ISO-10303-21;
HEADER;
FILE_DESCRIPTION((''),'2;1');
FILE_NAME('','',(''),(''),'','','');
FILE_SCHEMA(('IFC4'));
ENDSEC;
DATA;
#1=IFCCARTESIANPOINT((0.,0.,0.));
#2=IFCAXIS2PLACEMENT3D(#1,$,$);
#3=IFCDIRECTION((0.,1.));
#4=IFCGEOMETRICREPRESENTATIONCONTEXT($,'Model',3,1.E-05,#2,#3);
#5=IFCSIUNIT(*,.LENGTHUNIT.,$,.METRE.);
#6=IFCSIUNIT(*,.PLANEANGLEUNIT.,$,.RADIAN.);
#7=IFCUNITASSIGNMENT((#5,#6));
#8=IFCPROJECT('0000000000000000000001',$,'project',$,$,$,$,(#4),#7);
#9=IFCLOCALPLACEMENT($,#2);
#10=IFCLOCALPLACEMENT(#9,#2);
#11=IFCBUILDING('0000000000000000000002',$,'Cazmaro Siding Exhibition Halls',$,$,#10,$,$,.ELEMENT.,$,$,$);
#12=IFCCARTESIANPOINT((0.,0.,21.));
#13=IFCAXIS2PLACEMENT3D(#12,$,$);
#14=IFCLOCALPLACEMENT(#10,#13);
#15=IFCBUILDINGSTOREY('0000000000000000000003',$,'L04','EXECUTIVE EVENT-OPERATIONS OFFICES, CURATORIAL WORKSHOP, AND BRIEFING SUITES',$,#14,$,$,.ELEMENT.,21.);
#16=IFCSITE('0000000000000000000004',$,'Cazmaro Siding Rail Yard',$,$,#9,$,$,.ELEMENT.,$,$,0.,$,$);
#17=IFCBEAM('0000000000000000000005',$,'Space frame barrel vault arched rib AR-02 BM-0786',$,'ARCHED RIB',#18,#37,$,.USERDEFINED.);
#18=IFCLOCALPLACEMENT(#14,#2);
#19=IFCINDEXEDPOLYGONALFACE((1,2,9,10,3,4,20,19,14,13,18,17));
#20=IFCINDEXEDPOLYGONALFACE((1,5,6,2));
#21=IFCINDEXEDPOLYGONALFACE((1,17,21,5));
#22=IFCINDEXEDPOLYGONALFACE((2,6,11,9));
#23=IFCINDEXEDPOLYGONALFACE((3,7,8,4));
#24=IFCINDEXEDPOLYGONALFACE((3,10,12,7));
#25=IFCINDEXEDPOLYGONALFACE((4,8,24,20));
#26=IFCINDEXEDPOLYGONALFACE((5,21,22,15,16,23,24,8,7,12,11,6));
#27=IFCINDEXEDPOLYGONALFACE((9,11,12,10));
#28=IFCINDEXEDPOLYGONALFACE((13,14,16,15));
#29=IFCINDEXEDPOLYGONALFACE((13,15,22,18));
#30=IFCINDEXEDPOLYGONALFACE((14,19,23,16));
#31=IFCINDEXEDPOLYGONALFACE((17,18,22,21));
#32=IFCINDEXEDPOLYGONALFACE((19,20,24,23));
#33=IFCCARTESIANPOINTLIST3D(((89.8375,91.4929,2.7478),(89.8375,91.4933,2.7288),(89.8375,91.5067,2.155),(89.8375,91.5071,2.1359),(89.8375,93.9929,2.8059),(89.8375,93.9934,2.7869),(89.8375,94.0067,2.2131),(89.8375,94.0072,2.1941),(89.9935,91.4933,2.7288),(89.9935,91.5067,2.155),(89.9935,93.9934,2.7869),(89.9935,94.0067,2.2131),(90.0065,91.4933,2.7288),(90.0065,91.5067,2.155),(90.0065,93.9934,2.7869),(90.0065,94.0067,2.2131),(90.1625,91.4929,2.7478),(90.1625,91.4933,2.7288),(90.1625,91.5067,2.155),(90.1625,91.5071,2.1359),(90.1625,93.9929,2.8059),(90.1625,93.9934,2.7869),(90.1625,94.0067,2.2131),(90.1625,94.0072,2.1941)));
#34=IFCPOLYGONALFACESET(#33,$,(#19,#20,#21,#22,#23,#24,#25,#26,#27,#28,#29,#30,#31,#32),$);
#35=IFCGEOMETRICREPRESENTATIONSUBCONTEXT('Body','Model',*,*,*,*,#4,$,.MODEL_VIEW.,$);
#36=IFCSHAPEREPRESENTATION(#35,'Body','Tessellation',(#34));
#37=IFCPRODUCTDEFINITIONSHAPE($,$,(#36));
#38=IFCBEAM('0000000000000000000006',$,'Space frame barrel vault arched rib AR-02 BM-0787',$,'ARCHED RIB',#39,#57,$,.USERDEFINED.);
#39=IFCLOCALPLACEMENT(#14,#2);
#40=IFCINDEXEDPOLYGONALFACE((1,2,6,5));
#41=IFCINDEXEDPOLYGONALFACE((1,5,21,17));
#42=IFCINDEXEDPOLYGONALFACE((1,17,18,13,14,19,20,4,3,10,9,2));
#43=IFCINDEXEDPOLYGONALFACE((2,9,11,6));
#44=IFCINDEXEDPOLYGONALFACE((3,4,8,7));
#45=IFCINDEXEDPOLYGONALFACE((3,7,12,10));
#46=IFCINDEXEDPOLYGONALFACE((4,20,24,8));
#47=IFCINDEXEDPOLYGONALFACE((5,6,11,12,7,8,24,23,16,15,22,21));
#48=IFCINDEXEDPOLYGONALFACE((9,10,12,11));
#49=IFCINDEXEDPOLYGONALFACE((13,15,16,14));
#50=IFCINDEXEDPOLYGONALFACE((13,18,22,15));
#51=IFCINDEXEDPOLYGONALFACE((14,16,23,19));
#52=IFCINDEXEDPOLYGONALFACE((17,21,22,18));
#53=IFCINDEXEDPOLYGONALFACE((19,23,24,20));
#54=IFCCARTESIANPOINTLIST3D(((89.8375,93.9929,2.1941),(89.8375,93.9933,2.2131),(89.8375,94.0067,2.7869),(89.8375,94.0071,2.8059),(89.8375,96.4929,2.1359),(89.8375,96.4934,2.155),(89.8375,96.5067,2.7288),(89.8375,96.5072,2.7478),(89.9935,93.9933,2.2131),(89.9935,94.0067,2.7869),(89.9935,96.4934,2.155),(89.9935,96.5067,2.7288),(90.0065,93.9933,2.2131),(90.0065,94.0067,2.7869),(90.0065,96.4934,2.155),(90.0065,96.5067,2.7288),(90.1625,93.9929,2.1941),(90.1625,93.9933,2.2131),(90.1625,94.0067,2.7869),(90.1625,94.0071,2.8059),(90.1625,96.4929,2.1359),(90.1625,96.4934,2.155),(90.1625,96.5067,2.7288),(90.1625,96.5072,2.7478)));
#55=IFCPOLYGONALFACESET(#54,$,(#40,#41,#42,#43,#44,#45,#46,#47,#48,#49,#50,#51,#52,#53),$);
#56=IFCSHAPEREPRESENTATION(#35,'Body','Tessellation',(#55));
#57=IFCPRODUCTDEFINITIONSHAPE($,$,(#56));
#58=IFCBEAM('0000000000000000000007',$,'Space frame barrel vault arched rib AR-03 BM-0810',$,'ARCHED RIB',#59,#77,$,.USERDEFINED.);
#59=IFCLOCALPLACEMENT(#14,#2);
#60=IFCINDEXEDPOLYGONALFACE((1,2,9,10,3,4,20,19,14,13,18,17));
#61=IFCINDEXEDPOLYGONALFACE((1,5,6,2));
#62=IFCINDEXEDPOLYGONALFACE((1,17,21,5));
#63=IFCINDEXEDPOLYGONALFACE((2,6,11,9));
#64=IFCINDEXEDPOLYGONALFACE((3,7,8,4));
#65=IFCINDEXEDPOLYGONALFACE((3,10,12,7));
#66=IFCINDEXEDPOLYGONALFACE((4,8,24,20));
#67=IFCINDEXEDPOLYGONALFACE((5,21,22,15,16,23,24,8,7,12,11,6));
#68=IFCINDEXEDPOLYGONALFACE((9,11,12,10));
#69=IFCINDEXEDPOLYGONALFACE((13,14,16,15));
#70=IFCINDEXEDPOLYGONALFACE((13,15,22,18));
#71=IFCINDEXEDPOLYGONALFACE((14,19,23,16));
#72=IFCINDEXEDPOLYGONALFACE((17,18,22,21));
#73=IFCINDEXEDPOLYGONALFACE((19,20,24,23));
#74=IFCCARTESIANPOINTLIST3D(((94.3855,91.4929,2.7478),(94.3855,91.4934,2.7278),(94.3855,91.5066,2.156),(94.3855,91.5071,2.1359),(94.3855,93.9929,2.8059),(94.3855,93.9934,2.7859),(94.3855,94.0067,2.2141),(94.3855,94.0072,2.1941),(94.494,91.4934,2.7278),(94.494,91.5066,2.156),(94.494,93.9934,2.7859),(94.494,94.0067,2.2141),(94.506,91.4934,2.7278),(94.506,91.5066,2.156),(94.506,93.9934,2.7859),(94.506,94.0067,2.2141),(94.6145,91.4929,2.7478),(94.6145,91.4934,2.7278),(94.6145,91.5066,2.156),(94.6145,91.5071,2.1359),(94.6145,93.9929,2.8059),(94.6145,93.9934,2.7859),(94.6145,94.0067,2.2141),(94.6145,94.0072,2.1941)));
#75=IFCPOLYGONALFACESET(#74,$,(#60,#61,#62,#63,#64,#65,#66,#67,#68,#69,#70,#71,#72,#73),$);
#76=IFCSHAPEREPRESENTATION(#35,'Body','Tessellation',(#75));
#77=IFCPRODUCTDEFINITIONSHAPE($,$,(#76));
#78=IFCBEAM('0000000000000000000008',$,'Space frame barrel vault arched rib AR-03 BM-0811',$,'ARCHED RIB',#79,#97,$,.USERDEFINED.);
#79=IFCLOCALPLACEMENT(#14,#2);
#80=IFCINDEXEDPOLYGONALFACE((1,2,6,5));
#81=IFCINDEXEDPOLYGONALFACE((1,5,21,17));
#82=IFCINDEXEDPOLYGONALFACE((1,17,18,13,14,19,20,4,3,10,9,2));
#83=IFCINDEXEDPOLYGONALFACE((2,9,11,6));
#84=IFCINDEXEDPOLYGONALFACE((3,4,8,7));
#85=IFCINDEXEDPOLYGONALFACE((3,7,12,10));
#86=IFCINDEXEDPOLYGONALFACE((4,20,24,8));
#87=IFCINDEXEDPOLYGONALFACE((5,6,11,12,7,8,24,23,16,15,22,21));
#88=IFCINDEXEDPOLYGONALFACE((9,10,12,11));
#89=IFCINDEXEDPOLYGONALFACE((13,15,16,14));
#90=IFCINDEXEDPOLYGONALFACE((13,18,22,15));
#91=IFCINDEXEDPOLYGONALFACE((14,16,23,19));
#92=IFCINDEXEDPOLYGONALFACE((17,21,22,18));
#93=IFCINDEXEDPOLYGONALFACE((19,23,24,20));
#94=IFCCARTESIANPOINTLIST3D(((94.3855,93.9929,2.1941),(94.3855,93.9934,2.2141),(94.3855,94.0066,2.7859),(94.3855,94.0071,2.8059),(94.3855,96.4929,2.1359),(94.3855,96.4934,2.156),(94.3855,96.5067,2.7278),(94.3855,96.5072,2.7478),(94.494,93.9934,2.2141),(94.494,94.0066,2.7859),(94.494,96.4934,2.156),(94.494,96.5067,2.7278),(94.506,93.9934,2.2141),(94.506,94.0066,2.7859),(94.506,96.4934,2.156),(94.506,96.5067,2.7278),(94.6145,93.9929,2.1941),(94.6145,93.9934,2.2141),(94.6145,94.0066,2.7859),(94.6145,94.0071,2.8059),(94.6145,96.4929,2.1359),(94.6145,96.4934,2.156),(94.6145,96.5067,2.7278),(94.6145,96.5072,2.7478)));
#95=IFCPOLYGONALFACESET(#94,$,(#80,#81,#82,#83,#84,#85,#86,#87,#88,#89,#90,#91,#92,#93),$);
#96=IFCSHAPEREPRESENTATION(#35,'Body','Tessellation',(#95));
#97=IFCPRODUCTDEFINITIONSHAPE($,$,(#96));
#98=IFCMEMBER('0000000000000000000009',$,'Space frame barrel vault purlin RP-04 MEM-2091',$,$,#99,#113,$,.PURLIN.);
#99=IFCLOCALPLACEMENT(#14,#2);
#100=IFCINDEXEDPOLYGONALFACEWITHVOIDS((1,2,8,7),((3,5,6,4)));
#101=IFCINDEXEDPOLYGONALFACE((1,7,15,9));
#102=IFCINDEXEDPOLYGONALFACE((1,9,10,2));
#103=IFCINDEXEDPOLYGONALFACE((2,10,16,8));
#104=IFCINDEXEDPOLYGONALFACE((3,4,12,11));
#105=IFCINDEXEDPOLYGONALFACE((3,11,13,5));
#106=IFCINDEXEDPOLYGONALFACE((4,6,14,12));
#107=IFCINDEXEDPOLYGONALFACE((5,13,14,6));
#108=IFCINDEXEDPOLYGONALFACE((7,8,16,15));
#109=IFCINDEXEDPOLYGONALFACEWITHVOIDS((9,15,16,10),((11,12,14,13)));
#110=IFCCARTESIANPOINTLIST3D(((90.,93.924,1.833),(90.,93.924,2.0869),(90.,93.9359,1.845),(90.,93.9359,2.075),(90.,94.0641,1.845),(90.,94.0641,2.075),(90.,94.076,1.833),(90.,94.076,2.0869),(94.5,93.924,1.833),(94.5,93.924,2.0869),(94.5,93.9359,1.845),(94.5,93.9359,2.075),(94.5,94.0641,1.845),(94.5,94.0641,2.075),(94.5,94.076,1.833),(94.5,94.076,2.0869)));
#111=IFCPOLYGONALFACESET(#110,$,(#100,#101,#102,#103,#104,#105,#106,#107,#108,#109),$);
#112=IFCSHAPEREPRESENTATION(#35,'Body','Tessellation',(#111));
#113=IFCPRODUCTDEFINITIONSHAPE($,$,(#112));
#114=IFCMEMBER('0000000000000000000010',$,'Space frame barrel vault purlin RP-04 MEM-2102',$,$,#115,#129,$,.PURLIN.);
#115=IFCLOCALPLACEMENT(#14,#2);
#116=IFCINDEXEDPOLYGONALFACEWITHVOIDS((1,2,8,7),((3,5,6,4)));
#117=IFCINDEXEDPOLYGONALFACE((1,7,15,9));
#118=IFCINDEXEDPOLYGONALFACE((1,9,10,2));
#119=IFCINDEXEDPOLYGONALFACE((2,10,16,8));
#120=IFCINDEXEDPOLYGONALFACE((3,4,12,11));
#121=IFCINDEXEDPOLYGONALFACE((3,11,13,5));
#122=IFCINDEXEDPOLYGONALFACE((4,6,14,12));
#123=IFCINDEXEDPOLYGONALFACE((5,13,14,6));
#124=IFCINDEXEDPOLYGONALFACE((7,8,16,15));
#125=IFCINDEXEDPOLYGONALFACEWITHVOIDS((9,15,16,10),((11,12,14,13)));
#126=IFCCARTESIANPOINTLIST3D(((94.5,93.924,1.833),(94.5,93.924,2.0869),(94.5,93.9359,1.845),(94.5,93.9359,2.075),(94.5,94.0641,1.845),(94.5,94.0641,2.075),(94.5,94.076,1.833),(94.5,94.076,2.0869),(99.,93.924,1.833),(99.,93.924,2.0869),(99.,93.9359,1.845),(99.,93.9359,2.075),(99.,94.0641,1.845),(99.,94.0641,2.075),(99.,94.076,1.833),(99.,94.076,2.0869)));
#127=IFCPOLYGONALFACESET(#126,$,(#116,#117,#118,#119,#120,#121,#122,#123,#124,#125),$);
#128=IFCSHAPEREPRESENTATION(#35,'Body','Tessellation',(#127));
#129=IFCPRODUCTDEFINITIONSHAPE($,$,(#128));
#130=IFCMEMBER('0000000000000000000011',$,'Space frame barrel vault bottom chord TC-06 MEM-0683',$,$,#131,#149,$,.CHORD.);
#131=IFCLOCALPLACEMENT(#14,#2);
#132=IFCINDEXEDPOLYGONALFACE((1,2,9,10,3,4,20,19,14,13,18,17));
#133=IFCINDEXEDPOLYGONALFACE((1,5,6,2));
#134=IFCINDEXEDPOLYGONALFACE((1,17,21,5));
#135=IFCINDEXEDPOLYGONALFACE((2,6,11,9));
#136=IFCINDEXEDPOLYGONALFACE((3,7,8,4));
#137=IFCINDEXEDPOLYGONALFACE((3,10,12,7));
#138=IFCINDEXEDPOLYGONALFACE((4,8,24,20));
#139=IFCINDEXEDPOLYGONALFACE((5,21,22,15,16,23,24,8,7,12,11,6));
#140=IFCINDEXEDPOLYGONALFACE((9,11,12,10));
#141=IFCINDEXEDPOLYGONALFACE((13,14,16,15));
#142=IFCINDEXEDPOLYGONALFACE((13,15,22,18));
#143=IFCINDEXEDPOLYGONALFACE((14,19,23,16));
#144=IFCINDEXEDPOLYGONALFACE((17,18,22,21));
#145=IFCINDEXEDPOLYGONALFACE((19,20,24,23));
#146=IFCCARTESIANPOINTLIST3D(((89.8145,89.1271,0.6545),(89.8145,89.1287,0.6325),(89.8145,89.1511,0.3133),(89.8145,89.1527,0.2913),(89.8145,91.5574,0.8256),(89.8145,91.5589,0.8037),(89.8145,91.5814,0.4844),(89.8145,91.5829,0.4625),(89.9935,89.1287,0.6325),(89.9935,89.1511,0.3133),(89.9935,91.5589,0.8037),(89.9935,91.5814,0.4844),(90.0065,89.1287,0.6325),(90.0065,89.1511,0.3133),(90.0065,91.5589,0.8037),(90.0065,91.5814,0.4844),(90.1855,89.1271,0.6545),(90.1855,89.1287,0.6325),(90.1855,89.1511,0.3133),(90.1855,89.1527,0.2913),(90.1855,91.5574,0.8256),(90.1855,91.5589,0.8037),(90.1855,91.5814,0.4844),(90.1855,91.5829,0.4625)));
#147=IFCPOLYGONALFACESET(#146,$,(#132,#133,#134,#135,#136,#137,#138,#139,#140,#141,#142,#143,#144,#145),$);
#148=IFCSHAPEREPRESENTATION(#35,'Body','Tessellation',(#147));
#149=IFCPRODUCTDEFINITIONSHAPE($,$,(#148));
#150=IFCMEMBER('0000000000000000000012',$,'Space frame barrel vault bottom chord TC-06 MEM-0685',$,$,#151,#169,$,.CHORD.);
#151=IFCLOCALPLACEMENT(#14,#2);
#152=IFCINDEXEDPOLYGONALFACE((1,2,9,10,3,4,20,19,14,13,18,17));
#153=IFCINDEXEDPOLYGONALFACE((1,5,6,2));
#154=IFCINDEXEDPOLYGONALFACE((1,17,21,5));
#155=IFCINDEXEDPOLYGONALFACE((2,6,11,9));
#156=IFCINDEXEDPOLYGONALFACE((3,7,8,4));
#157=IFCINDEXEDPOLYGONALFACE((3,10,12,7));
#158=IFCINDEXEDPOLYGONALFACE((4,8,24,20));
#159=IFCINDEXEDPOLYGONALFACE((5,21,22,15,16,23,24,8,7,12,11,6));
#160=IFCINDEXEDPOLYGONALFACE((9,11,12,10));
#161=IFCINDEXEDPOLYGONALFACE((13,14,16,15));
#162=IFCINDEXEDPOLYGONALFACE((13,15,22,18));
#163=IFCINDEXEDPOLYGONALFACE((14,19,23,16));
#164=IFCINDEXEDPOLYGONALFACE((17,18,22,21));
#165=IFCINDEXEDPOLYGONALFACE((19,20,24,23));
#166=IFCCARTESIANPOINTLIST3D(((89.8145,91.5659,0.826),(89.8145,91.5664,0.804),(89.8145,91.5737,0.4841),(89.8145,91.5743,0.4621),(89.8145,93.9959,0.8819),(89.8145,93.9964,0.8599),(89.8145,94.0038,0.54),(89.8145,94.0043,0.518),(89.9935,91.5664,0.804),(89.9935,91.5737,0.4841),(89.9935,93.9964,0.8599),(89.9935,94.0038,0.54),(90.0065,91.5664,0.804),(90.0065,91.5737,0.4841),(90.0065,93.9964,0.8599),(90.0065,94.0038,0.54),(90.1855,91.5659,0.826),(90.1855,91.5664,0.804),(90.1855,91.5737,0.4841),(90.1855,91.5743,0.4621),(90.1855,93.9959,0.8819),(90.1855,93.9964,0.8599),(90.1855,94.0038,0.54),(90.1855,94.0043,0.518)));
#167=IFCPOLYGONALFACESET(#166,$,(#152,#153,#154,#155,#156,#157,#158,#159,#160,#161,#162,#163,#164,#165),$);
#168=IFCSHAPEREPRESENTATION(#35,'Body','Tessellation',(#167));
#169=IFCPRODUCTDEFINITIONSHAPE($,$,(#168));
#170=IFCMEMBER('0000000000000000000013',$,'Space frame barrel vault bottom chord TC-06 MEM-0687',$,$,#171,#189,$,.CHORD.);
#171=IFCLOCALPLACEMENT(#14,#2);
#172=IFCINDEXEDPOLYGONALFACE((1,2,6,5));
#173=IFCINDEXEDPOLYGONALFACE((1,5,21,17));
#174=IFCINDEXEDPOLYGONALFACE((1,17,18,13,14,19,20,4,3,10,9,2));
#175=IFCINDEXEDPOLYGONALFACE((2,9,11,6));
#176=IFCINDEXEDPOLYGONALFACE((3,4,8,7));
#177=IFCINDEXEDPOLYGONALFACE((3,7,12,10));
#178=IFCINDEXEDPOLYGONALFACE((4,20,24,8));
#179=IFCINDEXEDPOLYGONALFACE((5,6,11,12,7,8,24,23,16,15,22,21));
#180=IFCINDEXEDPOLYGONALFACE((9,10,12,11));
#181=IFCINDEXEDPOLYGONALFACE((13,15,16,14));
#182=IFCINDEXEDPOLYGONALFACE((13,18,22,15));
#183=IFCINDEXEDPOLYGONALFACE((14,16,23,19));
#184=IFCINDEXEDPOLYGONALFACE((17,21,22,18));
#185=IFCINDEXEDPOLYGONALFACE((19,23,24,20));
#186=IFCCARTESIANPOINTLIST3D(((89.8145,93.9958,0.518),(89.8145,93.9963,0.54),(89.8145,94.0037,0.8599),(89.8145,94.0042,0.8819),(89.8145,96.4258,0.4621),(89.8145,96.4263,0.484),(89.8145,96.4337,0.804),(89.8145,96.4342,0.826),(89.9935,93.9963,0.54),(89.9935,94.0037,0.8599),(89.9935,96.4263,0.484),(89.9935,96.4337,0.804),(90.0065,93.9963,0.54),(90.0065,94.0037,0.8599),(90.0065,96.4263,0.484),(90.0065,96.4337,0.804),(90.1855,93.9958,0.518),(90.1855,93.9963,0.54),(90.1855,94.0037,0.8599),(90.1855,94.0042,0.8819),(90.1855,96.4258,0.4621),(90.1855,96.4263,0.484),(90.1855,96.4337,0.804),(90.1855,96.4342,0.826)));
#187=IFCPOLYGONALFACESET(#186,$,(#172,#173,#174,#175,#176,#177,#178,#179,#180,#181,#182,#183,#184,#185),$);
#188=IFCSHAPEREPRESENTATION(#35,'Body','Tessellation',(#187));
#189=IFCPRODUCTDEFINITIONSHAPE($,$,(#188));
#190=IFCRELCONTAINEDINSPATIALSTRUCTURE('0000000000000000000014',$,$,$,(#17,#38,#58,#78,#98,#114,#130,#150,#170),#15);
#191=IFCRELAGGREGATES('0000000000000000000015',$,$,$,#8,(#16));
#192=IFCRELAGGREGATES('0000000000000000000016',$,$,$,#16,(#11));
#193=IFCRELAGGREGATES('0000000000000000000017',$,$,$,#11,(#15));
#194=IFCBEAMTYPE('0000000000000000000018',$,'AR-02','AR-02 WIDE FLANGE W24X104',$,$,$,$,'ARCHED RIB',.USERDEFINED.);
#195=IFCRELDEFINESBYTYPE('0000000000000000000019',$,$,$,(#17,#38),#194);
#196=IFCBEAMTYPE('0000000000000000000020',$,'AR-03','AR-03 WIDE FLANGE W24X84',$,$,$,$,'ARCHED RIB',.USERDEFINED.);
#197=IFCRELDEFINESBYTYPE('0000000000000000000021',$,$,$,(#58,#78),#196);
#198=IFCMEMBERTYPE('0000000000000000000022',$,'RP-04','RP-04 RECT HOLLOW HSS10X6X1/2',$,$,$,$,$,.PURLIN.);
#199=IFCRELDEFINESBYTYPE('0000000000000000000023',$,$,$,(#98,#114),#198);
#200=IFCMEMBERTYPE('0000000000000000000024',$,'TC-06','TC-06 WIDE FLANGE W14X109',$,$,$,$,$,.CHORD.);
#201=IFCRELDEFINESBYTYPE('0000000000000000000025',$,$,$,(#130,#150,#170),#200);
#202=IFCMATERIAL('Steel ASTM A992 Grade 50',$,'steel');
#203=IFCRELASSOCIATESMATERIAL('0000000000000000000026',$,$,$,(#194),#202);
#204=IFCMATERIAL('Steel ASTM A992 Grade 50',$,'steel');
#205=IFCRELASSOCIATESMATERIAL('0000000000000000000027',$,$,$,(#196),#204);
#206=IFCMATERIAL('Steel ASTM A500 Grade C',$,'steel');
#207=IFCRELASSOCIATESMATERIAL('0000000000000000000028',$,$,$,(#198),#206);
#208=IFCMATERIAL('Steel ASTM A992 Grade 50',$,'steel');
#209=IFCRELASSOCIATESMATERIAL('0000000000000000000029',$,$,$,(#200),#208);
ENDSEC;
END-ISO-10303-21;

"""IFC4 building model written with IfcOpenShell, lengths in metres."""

from ifc_helpers import new_model, si_unit, direction, frame, origin, origin_2d, place, context, subcontext, project, spatial, hollow_rectangle, i_section, extrude, material, material_profile, profile_set, type_object, element, save


model = new_model("IFC4")

# Units and contexts
model_context = context("Model", 3, precision=1e-05, world=origin(), true_north=direction((0.0, 1.0)))
body_context = subcontext(model_context, "Body", "Model", "MODEL_VIEW")
ifc_project = project(units=[si_unit("LENGTHUNIT", "METRE"), si_unit("PLANEANGLEUNIT", "RADIAN")], contexts=[model_context])

# Site, building, storey
site_placement = place(None, origin())
site = spatial("IfcSite", under=ifc_project, at=site_placement, Name="Cazmaro Siding Rail Yard", CompositionType="ELEMENT", RefElevation=0.0)
building_placement = place(site_placement, origin())
building = spatial("IfcBuilding", under=site, at=building_placement, Name="Cazmaro Siding Exhibition Halls", CompositionType="ELEMENT")
storey_placement = place(building_placement, frame((0.0, 0.0, 21.0)))
storey = spatial("IfcBuildingStorey", under=building, at=storey_placement, Name="L04", Description="EXECUTIVE EVENT-OPERATIONS OFFICES, CURATORIAL WORKSHOP, AND BRIEFING SUITES", CompositionType="ELEMENT", Elevation=21.0)

# Beams
ifc_material_1 = material(Name="Steel ASTM A992 Grade 50", Category="steel")
ifc_material_profile_1 = material_profile(ifc_material_1, i_section(OverallWidth=0.325, OverallDepth=0.6121, WebThickness=0.0129, FlangeThickness=0.019, at=origin_2d()), Name="W24X104")
ifc_profile_set_1 = profile_set([ifc_material_profile_1], Name="Steel ASTM A992 Grade 50")
beam_type_1 = type_object("IfcBeamType", Name="AR-02", Description="AR-02 WIDE FLANGE W24X104", ElementType="ARCHED RIB", PredefinedType="USERDEFINED", material=ifc_profile_set_1)
for number, where, z_axis, x_axis, name in (
    (1, (90.0, 91.5, 2.4419), (0.0, 0.99973, 0.023236), (-1.0, 0.0, 0.0), "Space frame barrel vault arched rib AR-02 BM-0786"),
    (2, (90.0, 94.0, 2.5), (0.0, 0.99973, -0.023236), (-1.0, 0.0, 0.0), "Space frame barrel vault arched rib AR-02 BM-0787"),
):
    element("IfcBeam", number, at=place(storey_placement, frame(where, z_axis=z_axis, x_axis=x_axis)), inside=storey, type_object=beam_type_1, Name=name, ObjectType="ARCHED RIB", PredefinedType="USERDEFINED", context=body_context, shape_type="SweptSolid", body=[
        extrude(i_section(OverallWidth=0.325, OverallDepth=0.6121, WebThickness=0.0129, FlangeThickness=0.019, at=origin_2d()), origin(), (0.0, 0.0, 1.0), 2.5007),
    ])
ifc_material_2 = material(Name="Steel ASTM A992 Grade 50", Category="steel")
ifc_material_profile_2 = material_profile(ifc_material_2, i_section(OverallWidth=0.229, OverallDepth=0.6121, WebThickness=0.012, FlangeThickness=0.02, at=origin_2d()), Name="W24X84")
ifc_profile_set_2 = profile_set([ifc_material_profile_2], Name="Steel ASTM A992 Grade 50")
beam_type_2 = type_object("IfcBeamType", Name="AR-03", Description="AR-03 WIDE FLANGE W24X84", ElementType="ARCHED RIB", PredefinedType="USERDEFINED", material=ifc_profile_set_2)
for number, where, z_axis, x_axis, name in (
    (3, (94.5, 91.5, 2.4419), (0.0, 0.99973, 0.023236), (-1.0, 0.0, 0.0), "Space frame barrel vault arched rib AR-03 BM-0810"),
    (4, (94.5, 94.0, 2.5), (0.0, 0.99973, -0.023236), (-1.0, 0.0, 0.0), "Space frame barrel vault arched rib AR-03 BM-0811"),
):
    element("IfcBeam", number, at=place(storey_placement, frame(where, z_axis=z_axis, x_axis=x_axis)), inside=storey, type_object=beam_type_2, Name=name, ObjectType="ARCHED RIB", PredefinedType="USERDEFINED", context=body_context, shape_type="SweptSolid", body=[
        extrude(i_section(OverallWidth=0.229, OverallDepth=0.6121, WebThickness=0.012, FlangeThickness=0.02, at=origin_2d()), origin(), (0.0, 0.0, 1.0), 2.5007),
    ])

# Members
ifc_material_3 = material(Name="Steel ASTM A500 Grade C", Category="steel")
ifc_material_profile_3 = material_profile(ifc_material_3, hollow_rectangle(XDim=0.1521, YDim=0.2539, WallThickness=0.012, at=origin_2d()), Name="HSS10X6X1/2")
ifc_profile_set_3 = profile_set([ifc_material_profile_3], Name="Steel ASTM A500 Grade C")
member_type_1 = type_object("IfcMemberType", Name="RP-04", Description="RP-04 RECT HOLLOW HSS10X6X1/2", PredefinedType="PURLIN", material=ifc_profile_set_3)
for number, where, z_axis, x_axis, name in (
    (5, (90.0, 94.0, 1.96), (1.0, 0.0, 0.0), (0.0, 1.0, 0.0), "Space frame barrel vault purlin RP-04 MEM-2091"),
    (6, (94.5, 94.0, 1.96), (1.0, 0.0, 0.0), (0.0, 1.0, 0.0), "Space frame barrel vault purlin RP-04 MEM-2102"),
):
    element("IfcMember", number, at=place(storey_placement, frame(where, z_axis=z_axis, x_axis=x_axis)), inside=storey, type_object=member_type_1, Name=name, PredefinedType="PURLIN", context=body_context, shape_type="SweptSolid", body=[
        extrude(hollow_rectangle(XDim=0.1521, YDim=0.2539, WallThickness=0.012, at=origin_2d()), origin(), (0.0, 0.0, 1.0), 4.5),
    ])
ifc_material_4 = material(Name="Steel ASTM A992 Grade 50", Category="steel")
ifc_material_profile_4 = material_profile(ifc_material_4, i_section(OverallWidth=0.3711, OverallDepth=0.364, WebThickness=0.0129, FlangeThickness=0.022, at=origin_2d()), Name="W14X109")
ifc_profile_set_4 = profile_set([ifc_material_profile_4], Name="Steel ASTM A992 Grade 50")
member_type_2 = type_object("IfcMemberType", Name="TC-06", Description="TC-06 WIDE FLANGE W14X109", PredefinedType="CHORD", material=ifc_profile_set_4)
member_1_placement = place(storey_placement, frame((90.0, 89.1399, 0.4729), z_axis=(0.0, 0.997529, 0.07025), x_axis=(-1.0, 0.0, 0.0)))
element("IfcMember", 7, at=member_1_placement, inside=storey, type_object=member_type_2, Name="Space frame barrel vault bottom chord TC-06 MEM-0683", PredefinedType="CHORD", context=body_context, shape_type="SweptSolid", body=[
    extrude(i_section(OverallWidth=0.3711, OverallDepth=0.364, WebThickness=0.0129, FlangeThickness=0.022, at=origin_2d()), origin(), (0.0, 0.0, 1.0), 2.4363),
])
for number, where, z_axis, x_axis, name in (
    (8, (90.0, 91.5701, 0.644), (0.0, 0.999735, 0.023002), (-1.0, 0.0, 0.0), "Space frame barrel vault bottom chord TC-06 MEM-0685"),
    (9, (90.0, 94.0, 0.7), (0.0, 0.999735, -0.023002), (-1.0, 0.0, 0.0), "Space frame barrel vault bottom chord TC-06 MEM-0687"),
):
    element("IfcMember", number, at=place(storey_placement, frame(where, z_axis=z_axis, x_axis=x_axis)), inside=storey, type_object=member_type_2, Name=name, PredefinedType="CHORD", context=body_context, shape_type="SweptSolid", body=[
        extrude(i_section(OverallWidth=0.3711, OverallDepth=0.364, WebThickness=0.0129, FlangeThickness=0.022, at=origin_2d()), origin(), (0.0, 0.0, 1.0), 2.4307),
    ])

save(model, "model.ifc")
